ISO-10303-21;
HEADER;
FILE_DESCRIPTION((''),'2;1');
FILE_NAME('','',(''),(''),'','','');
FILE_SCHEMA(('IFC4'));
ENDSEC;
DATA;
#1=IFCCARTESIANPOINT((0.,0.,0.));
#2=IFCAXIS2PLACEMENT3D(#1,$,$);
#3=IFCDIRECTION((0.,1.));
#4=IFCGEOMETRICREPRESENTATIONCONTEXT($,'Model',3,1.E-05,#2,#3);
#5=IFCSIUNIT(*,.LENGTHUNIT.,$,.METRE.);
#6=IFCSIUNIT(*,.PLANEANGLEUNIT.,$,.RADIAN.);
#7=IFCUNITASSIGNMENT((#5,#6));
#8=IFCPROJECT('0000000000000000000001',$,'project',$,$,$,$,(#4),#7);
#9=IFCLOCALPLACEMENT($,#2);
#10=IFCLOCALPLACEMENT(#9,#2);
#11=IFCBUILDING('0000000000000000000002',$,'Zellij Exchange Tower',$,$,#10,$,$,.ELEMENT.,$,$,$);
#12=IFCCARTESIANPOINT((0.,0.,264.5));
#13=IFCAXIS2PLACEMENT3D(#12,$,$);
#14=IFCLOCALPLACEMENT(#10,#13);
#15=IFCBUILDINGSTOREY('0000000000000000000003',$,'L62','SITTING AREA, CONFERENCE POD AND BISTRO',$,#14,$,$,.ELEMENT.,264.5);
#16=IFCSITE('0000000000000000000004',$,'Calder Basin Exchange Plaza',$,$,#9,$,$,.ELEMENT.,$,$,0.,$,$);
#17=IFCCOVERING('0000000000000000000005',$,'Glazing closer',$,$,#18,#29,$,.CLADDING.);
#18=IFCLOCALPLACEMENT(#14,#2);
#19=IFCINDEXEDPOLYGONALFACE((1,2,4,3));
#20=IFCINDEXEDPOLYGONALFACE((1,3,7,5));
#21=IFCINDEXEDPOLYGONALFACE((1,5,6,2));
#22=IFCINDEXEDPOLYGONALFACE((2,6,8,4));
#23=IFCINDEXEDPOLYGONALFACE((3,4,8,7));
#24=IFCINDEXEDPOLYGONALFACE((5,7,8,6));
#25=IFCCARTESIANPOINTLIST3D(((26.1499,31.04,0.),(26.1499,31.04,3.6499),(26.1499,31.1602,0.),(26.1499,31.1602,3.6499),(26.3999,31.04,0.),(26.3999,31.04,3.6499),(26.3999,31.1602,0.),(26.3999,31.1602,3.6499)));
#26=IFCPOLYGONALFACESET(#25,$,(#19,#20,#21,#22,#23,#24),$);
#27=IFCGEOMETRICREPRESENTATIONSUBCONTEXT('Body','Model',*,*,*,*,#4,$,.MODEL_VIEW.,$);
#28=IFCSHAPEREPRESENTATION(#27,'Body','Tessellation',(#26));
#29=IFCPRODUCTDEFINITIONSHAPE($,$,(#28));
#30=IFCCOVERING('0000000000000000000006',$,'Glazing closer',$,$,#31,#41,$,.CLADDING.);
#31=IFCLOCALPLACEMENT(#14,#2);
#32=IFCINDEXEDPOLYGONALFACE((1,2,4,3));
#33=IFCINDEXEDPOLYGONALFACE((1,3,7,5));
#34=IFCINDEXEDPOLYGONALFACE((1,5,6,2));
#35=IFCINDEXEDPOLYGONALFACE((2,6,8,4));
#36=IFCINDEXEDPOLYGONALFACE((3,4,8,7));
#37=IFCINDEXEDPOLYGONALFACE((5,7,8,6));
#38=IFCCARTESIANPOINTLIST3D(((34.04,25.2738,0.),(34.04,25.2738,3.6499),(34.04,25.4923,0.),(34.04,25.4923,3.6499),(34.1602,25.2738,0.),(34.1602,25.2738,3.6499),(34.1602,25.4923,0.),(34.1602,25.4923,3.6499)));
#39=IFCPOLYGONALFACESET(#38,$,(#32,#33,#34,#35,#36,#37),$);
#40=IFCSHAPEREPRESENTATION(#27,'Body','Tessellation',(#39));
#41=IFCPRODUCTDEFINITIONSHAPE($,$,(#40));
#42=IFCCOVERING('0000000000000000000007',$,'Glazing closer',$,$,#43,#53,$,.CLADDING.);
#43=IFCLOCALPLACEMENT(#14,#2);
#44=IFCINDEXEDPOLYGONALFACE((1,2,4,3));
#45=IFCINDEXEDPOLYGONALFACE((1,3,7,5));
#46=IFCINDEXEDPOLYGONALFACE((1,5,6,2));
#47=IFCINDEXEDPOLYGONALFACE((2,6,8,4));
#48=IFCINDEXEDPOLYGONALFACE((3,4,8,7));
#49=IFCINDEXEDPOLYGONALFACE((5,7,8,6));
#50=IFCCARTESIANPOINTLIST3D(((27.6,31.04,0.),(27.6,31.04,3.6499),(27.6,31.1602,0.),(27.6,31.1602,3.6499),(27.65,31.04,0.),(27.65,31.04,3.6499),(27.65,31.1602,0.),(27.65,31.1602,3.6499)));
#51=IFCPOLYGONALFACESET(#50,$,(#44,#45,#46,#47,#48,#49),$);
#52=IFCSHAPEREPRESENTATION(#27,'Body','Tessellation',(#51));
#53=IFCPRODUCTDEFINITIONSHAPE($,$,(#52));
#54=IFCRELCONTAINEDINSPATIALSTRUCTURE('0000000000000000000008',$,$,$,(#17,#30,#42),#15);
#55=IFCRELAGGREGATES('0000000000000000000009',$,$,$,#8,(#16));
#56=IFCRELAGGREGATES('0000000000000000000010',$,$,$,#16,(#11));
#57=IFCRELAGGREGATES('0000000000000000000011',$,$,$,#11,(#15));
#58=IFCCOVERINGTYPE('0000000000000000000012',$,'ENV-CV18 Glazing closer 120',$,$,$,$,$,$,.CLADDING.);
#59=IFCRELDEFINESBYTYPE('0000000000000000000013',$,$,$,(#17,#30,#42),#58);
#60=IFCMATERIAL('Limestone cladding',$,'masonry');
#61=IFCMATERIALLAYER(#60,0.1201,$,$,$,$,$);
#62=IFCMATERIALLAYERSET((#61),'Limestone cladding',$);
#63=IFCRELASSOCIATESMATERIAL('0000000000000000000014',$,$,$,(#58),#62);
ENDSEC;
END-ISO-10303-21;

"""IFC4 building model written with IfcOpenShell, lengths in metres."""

from ifc_helpers import new_model, si_unit, direction, frame, origin, origin_2d, place, context, subcontext, project, spatial, rectangle, extrude, material, layer, layer_set, type_object, element, save


model = new_model("IFC4")

# Units and contexts
model_context = context("Model", 3, precision=1e-05, world=origin(), true_north=direction((0.0, 1.0)))
body_context = subcontext(model_context, "Body", "Model", "MODEL_VIEW")
ifc_project = project(units=[si_unit("LENGTHUNIT", "METRE"), si_unit("PLANEANGLEUNIT", "RADIAN")], contexts=[model_context])

# Site, building, storey
site_placement = place(None, origin())
site = spatial("IfcSite", under=ifc_project, at=site_placement, Name="Calder Basin Exchange Plaza", CompositionType="ELEMENT", RefElevation=0.0)
building_placement = place(site_placement, origin())
building = spatial("IfcBuilding", under=site, at=building_placement, Name="Zellij Exchange Tower", CompositionType="ELEMENT")
storey_placement = place(building_placement, frame((0.0, 0.0, 264.5)))
storey = spatial("IfcBuildingStorey", under=building, at=storey_placement, Name="L62", Description="SITTING AREA, CONFERENCE POD AND BISTRO", CompositionType="ELEMENT", Elevation=264.5)

# Coverings
ifc_material_1 = material(Name="Limestone cladding", Category="masonry")
ifc_layer_1 = layer(ifc_material_1, 0.1201)
ifc_layer_set_1 = layer_set([ifc_layer_1], Name="Limestone cladding")
covering_type = type_object("IfcCoveringType", Name="ENV-CV18 Glazing closer 120", PredefinedType="CLADDING", material=ifc_layer_set_1)
covering_1_placement = place(storey_placement, frame((26.2749, 31.1001, 0.0), z_axis=(0.0, 0.0, 1.0), x_axis=(1.0, 0.0, 0.0)))
element("IfcCovering", 1, at=covering_1_placement, inside=storey, type_object=covering_type, Name="Glazing closer", PredefinedType="CLADDING", context=body_context, shape_type="SweptSolid", body=[
    extrude(rectangle(XDim=0.25, YDim=0.1201, at=origin_2d()), origin(), (0.0, 0.0, 1.0), 3.6499),
])
covering_2_placement = place(storey_placement, frame((34.1001, 25.3831, 0.0), z_axis=(0.0, 0.0, 1.0), x_axis=(0.0, 1.0, 0.0)))
element("IfcCovering", 2, at=covering_2_placement, inside=storey, type_object=covering_type, Name="Glazing closer", PredefinedType="CLADDING", context=body_context, shape_type="SweptSolid", body=[
    extrude(rectangle(XDim=0.2185, YDim=0.1201, at=origin_2d()), origin(), (0.0, 0.0, 1.0), 3.6499),
])
covering_3_placement = place(storey_placement, frame((27.625, 31.1001, 0.0), z_axis=(0.0, 0.0, 1.0), x_axis=(-1.0, 0.0, 0.0)))
element("IfcCovering", 3, at=covering_3_placement, inside=storey, type_object=covering_type, Name="Glazing closer", PredefinedType="CLADDING", context=body_context, shape_type="SweptSolid", body=[
    extrude(rectangle(XDim=0.05, YDim=0.1201, at=origin_2d()), origin(), (0.0, 0.0, 1.0), 3.6499),
])

save(model, "model.ifc")
